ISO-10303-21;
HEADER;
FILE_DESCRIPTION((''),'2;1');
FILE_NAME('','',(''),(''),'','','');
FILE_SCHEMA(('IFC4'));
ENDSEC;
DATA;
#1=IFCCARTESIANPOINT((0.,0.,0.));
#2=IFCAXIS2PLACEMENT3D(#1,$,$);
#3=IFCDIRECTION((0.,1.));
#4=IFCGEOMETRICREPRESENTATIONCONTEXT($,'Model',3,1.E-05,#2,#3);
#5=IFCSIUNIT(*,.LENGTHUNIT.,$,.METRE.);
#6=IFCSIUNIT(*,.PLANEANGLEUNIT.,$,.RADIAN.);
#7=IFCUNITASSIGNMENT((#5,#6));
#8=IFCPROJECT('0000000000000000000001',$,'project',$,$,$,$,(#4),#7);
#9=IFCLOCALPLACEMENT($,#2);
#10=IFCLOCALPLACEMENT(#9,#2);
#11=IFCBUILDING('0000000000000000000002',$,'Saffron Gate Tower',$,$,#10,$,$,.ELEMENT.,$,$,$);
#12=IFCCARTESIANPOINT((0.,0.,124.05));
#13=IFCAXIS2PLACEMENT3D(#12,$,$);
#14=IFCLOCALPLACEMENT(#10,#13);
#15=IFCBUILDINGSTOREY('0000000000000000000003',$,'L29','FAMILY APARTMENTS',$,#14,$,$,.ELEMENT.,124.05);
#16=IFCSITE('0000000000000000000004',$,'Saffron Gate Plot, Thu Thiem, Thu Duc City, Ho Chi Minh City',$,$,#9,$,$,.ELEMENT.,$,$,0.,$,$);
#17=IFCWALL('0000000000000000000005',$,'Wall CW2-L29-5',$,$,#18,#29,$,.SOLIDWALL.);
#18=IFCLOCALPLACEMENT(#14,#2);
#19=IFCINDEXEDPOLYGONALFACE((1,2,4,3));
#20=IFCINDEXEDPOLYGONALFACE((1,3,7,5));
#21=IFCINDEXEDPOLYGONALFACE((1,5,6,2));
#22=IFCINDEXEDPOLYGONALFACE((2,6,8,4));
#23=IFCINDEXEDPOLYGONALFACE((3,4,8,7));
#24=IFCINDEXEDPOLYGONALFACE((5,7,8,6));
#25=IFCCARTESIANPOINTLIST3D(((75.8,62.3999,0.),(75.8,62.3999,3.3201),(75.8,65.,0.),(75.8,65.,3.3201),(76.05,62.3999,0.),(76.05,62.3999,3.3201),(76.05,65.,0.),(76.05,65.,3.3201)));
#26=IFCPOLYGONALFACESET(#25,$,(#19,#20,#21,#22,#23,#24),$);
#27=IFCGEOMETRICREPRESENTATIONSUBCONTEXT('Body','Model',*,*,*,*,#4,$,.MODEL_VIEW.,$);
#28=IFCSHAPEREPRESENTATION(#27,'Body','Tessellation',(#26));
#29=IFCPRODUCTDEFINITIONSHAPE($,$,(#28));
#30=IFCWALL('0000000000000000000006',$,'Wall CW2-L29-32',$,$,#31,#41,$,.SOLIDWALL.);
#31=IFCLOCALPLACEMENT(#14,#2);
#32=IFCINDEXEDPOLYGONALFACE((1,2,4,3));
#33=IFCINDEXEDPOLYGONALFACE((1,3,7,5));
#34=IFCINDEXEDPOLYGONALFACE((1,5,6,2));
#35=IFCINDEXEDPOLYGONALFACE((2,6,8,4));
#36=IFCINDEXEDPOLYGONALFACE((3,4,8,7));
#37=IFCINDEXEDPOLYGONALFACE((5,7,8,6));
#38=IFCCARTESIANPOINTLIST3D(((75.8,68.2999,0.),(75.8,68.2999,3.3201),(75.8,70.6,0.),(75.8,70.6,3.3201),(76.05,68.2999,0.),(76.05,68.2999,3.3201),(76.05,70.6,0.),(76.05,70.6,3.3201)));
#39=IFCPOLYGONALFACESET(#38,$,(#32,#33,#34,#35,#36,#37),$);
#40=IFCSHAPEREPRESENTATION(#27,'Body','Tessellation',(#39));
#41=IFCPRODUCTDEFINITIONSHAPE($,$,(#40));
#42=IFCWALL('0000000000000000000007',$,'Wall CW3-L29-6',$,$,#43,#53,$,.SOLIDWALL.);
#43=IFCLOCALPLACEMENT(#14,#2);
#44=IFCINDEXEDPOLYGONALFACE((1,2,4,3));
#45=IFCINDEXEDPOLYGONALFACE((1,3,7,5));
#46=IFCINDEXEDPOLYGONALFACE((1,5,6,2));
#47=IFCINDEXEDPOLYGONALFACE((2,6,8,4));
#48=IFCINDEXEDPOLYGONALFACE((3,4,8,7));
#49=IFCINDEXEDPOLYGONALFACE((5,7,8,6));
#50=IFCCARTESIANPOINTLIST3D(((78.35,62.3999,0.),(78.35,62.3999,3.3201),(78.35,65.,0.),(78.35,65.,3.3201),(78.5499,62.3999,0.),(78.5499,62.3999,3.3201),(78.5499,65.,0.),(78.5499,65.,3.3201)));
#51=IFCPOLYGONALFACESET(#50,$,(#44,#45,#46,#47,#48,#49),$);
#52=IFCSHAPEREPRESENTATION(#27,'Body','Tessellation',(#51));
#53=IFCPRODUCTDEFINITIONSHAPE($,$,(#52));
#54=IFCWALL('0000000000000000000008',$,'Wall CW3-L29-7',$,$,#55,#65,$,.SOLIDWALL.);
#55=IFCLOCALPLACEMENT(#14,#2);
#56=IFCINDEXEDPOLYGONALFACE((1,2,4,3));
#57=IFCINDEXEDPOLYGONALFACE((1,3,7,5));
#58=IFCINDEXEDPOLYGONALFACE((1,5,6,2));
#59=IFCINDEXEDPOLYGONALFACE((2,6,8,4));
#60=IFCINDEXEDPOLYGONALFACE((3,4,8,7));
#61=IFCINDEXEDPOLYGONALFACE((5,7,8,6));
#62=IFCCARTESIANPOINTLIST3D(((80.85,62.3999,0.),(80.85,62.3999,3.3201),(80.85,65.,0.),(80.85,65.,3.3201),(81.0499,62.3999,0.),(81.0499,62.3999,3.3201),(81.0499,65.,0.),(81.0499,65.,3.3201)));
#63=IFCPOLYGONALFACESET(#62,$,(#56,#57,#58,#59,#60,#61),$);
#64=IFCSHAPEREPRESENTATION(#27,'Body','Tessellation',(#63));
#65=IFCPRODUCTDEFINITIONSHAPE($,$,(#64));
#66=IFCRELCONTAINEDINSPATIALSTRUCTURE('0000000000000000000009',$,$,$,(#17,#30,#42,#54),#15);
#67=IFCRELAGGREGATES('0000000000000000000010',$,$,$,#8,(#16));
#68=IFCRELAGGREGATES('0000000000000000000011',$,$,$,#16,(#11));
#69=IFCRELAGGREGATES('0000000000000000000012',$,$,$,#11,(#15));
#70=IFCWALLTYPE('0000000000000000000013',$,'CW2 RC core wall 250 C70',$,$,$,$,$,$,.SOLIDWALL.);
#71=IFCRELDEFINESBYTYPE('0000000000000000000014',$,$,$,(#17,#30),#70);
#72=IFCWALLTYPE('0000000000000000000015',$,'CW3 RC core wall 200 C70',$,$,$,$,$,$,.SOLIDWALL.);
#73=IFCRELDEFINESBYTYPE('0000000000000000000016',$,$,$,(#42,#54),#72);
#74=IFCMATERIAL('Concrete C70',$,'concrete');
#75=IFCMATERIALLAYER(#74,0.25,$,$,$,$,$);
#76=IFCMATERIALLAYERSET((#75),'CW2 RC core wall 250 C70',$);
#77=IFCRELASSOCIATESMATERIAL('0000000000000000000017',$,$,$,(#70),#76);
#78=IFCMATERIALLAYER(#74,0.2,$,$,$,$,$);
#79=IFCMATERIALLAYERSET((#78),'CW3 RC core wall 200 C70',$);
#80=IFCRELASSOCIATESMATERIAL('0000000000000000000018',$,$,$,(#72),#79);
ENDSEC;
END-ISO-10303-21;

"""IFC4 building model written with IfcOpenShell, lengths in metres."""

from ifc_helpers import new_model, si_unit, direction, frame, frame_2d, origin, place, context, subcontext, project, spatial, rectangle, extrude, material, layer, layer_set, type_object, element, save


model = new_model("IFC4")

# Units and contexts
model_context = context("Model", 3, precision=1e-05, world=origin(), true_north=direction((0.0, 1.0)))
body_context = subcontext(model_context, "Body", "Model", "MODEL_VIEW")
ifc_project = project(units=[si_unit("LENGTHUNIT", "METRE"), si_unit("PLANEANGLEUNIT", "RADIAN")], contexts=[model_context])

# Site, building, storey
site_placement = place(None, origin())
site = spatial("IfcSite", under=ifc_project, at=site_placement, Name="Saffron Gate Plot, Thu Thiem, Thu Duc City, Ho Chi Minh City", CompositionType="ELEMENT", RefElevation=0.0)
building_placement = place(site_placement, origin())
building = spatial("IfcBuilding", under=site, at=building_placement, Name="Saffron Gate Tower", CompositionType="ELEMENT")
storey_placement = place(building_placement, frame((0.0, 0.0, 124.05)))
storey = spatial("IfcBuildingStorey", under=building, at=storey_placement, Name="L29", Description="FAMILY APARTMENTS", CompositionType="ELEMENT", Elevation=124.05)

# Walls
ifc_material_1 = material(Name="Concrete C70", Category="concrete")
ifc_layer_1 = layer(ifc_material_1, 0.25)
ifc_layer_set_1 = layer_set([ifc_layer_1], Name="CW2 RC core wall 250 C70")
wall_type_1 = type_object("IfcWallType", Name="CW2 RC core wall 250 C70", PredefinedType="SOLIDWALL", material=ifc_layer_set_1)
wall_1_placement = place(storey_placement, frame((75.925, 62.3999, 0.0), z_axis=(0.0, 0.0, 1.0), x_axis=(0.0, 1.0, 0.0)))
element("IfcWall", 1, at=wall_1_placement, inside=storey, type_object=wall_type_1, Name="Wall CW2-L29-5", PredefinedType="SOLIDWALL", context=body_context, shape_type="SweptSolid", body=[
    extrude(rectangle(XDim=2.6001, YDim=0.25, at=frame_2d((1.3, 0.0))), origin(), (0.0, 0.0, 1.0), 3.3201),
])
wall_2_placement = place(storey_placement, frame((75.925, 68.3, 0.0), z_axis=(0.0, 0.0, 1.0), x_axis=(0.0, 1.0, 0.0)))
element("IfcWall", 2, at=wall_2_placement, inside=storey, type_object=wall_type_1, Name="Wall CW2-L29-32", PredefinedType="SOLIDWALL", context=body_context, shape_type="SweptSolid", body=[
    extrude(rectangle(XDim=2.3, YDim=0.25, at=frame_2d((1.1499, 0.0))), origin(), (0.0, 0.0, 1.0), 3.3201),
])
ifc_layer_2 = layer(ifc_material_1, 0.2)
ifc_layer_set_2 = layer_set([ifc_layer_2], Name="CW3 RC core wall 200 C70")
wall_type_2 = type_object("IfcWallType", Name="CW3 RC core wall 200 C70", PredefinedType="SOLIDWALL", material=ifc_layer_set_2)
for number, where, z_axis, x_axis, name in (
    (3, (78.45, 62.3999, 0.0), (0.0, 0.0, 1.0), (0.0, 1.0, 0.0), "Wall CW3-L29-6"),
    (4, (80.95, 62.3999, 0.0), (0.0, 0.0, 1.0), (0.0, 1.0, 0.0), "Wall CW3-L29-7"),
):
    element("IfcWall", number, at=place(storey_placement, frame(where, z_axis=z_axis, x_axis=x_axis)), inside=storey, type_object=wall_type_2, Name=name, PredefinedType="SOLIDWALL", context=body_context, shape_type="SweptSolid", body=[
        extrude(rectangle(XDim=2.6001, YDim=0.2, at=frame_2d((1.3, 0.0))), origin(), (0.0, 0.0, 1.0), 3.3201),
    ])

save(model, "model.ifc")
